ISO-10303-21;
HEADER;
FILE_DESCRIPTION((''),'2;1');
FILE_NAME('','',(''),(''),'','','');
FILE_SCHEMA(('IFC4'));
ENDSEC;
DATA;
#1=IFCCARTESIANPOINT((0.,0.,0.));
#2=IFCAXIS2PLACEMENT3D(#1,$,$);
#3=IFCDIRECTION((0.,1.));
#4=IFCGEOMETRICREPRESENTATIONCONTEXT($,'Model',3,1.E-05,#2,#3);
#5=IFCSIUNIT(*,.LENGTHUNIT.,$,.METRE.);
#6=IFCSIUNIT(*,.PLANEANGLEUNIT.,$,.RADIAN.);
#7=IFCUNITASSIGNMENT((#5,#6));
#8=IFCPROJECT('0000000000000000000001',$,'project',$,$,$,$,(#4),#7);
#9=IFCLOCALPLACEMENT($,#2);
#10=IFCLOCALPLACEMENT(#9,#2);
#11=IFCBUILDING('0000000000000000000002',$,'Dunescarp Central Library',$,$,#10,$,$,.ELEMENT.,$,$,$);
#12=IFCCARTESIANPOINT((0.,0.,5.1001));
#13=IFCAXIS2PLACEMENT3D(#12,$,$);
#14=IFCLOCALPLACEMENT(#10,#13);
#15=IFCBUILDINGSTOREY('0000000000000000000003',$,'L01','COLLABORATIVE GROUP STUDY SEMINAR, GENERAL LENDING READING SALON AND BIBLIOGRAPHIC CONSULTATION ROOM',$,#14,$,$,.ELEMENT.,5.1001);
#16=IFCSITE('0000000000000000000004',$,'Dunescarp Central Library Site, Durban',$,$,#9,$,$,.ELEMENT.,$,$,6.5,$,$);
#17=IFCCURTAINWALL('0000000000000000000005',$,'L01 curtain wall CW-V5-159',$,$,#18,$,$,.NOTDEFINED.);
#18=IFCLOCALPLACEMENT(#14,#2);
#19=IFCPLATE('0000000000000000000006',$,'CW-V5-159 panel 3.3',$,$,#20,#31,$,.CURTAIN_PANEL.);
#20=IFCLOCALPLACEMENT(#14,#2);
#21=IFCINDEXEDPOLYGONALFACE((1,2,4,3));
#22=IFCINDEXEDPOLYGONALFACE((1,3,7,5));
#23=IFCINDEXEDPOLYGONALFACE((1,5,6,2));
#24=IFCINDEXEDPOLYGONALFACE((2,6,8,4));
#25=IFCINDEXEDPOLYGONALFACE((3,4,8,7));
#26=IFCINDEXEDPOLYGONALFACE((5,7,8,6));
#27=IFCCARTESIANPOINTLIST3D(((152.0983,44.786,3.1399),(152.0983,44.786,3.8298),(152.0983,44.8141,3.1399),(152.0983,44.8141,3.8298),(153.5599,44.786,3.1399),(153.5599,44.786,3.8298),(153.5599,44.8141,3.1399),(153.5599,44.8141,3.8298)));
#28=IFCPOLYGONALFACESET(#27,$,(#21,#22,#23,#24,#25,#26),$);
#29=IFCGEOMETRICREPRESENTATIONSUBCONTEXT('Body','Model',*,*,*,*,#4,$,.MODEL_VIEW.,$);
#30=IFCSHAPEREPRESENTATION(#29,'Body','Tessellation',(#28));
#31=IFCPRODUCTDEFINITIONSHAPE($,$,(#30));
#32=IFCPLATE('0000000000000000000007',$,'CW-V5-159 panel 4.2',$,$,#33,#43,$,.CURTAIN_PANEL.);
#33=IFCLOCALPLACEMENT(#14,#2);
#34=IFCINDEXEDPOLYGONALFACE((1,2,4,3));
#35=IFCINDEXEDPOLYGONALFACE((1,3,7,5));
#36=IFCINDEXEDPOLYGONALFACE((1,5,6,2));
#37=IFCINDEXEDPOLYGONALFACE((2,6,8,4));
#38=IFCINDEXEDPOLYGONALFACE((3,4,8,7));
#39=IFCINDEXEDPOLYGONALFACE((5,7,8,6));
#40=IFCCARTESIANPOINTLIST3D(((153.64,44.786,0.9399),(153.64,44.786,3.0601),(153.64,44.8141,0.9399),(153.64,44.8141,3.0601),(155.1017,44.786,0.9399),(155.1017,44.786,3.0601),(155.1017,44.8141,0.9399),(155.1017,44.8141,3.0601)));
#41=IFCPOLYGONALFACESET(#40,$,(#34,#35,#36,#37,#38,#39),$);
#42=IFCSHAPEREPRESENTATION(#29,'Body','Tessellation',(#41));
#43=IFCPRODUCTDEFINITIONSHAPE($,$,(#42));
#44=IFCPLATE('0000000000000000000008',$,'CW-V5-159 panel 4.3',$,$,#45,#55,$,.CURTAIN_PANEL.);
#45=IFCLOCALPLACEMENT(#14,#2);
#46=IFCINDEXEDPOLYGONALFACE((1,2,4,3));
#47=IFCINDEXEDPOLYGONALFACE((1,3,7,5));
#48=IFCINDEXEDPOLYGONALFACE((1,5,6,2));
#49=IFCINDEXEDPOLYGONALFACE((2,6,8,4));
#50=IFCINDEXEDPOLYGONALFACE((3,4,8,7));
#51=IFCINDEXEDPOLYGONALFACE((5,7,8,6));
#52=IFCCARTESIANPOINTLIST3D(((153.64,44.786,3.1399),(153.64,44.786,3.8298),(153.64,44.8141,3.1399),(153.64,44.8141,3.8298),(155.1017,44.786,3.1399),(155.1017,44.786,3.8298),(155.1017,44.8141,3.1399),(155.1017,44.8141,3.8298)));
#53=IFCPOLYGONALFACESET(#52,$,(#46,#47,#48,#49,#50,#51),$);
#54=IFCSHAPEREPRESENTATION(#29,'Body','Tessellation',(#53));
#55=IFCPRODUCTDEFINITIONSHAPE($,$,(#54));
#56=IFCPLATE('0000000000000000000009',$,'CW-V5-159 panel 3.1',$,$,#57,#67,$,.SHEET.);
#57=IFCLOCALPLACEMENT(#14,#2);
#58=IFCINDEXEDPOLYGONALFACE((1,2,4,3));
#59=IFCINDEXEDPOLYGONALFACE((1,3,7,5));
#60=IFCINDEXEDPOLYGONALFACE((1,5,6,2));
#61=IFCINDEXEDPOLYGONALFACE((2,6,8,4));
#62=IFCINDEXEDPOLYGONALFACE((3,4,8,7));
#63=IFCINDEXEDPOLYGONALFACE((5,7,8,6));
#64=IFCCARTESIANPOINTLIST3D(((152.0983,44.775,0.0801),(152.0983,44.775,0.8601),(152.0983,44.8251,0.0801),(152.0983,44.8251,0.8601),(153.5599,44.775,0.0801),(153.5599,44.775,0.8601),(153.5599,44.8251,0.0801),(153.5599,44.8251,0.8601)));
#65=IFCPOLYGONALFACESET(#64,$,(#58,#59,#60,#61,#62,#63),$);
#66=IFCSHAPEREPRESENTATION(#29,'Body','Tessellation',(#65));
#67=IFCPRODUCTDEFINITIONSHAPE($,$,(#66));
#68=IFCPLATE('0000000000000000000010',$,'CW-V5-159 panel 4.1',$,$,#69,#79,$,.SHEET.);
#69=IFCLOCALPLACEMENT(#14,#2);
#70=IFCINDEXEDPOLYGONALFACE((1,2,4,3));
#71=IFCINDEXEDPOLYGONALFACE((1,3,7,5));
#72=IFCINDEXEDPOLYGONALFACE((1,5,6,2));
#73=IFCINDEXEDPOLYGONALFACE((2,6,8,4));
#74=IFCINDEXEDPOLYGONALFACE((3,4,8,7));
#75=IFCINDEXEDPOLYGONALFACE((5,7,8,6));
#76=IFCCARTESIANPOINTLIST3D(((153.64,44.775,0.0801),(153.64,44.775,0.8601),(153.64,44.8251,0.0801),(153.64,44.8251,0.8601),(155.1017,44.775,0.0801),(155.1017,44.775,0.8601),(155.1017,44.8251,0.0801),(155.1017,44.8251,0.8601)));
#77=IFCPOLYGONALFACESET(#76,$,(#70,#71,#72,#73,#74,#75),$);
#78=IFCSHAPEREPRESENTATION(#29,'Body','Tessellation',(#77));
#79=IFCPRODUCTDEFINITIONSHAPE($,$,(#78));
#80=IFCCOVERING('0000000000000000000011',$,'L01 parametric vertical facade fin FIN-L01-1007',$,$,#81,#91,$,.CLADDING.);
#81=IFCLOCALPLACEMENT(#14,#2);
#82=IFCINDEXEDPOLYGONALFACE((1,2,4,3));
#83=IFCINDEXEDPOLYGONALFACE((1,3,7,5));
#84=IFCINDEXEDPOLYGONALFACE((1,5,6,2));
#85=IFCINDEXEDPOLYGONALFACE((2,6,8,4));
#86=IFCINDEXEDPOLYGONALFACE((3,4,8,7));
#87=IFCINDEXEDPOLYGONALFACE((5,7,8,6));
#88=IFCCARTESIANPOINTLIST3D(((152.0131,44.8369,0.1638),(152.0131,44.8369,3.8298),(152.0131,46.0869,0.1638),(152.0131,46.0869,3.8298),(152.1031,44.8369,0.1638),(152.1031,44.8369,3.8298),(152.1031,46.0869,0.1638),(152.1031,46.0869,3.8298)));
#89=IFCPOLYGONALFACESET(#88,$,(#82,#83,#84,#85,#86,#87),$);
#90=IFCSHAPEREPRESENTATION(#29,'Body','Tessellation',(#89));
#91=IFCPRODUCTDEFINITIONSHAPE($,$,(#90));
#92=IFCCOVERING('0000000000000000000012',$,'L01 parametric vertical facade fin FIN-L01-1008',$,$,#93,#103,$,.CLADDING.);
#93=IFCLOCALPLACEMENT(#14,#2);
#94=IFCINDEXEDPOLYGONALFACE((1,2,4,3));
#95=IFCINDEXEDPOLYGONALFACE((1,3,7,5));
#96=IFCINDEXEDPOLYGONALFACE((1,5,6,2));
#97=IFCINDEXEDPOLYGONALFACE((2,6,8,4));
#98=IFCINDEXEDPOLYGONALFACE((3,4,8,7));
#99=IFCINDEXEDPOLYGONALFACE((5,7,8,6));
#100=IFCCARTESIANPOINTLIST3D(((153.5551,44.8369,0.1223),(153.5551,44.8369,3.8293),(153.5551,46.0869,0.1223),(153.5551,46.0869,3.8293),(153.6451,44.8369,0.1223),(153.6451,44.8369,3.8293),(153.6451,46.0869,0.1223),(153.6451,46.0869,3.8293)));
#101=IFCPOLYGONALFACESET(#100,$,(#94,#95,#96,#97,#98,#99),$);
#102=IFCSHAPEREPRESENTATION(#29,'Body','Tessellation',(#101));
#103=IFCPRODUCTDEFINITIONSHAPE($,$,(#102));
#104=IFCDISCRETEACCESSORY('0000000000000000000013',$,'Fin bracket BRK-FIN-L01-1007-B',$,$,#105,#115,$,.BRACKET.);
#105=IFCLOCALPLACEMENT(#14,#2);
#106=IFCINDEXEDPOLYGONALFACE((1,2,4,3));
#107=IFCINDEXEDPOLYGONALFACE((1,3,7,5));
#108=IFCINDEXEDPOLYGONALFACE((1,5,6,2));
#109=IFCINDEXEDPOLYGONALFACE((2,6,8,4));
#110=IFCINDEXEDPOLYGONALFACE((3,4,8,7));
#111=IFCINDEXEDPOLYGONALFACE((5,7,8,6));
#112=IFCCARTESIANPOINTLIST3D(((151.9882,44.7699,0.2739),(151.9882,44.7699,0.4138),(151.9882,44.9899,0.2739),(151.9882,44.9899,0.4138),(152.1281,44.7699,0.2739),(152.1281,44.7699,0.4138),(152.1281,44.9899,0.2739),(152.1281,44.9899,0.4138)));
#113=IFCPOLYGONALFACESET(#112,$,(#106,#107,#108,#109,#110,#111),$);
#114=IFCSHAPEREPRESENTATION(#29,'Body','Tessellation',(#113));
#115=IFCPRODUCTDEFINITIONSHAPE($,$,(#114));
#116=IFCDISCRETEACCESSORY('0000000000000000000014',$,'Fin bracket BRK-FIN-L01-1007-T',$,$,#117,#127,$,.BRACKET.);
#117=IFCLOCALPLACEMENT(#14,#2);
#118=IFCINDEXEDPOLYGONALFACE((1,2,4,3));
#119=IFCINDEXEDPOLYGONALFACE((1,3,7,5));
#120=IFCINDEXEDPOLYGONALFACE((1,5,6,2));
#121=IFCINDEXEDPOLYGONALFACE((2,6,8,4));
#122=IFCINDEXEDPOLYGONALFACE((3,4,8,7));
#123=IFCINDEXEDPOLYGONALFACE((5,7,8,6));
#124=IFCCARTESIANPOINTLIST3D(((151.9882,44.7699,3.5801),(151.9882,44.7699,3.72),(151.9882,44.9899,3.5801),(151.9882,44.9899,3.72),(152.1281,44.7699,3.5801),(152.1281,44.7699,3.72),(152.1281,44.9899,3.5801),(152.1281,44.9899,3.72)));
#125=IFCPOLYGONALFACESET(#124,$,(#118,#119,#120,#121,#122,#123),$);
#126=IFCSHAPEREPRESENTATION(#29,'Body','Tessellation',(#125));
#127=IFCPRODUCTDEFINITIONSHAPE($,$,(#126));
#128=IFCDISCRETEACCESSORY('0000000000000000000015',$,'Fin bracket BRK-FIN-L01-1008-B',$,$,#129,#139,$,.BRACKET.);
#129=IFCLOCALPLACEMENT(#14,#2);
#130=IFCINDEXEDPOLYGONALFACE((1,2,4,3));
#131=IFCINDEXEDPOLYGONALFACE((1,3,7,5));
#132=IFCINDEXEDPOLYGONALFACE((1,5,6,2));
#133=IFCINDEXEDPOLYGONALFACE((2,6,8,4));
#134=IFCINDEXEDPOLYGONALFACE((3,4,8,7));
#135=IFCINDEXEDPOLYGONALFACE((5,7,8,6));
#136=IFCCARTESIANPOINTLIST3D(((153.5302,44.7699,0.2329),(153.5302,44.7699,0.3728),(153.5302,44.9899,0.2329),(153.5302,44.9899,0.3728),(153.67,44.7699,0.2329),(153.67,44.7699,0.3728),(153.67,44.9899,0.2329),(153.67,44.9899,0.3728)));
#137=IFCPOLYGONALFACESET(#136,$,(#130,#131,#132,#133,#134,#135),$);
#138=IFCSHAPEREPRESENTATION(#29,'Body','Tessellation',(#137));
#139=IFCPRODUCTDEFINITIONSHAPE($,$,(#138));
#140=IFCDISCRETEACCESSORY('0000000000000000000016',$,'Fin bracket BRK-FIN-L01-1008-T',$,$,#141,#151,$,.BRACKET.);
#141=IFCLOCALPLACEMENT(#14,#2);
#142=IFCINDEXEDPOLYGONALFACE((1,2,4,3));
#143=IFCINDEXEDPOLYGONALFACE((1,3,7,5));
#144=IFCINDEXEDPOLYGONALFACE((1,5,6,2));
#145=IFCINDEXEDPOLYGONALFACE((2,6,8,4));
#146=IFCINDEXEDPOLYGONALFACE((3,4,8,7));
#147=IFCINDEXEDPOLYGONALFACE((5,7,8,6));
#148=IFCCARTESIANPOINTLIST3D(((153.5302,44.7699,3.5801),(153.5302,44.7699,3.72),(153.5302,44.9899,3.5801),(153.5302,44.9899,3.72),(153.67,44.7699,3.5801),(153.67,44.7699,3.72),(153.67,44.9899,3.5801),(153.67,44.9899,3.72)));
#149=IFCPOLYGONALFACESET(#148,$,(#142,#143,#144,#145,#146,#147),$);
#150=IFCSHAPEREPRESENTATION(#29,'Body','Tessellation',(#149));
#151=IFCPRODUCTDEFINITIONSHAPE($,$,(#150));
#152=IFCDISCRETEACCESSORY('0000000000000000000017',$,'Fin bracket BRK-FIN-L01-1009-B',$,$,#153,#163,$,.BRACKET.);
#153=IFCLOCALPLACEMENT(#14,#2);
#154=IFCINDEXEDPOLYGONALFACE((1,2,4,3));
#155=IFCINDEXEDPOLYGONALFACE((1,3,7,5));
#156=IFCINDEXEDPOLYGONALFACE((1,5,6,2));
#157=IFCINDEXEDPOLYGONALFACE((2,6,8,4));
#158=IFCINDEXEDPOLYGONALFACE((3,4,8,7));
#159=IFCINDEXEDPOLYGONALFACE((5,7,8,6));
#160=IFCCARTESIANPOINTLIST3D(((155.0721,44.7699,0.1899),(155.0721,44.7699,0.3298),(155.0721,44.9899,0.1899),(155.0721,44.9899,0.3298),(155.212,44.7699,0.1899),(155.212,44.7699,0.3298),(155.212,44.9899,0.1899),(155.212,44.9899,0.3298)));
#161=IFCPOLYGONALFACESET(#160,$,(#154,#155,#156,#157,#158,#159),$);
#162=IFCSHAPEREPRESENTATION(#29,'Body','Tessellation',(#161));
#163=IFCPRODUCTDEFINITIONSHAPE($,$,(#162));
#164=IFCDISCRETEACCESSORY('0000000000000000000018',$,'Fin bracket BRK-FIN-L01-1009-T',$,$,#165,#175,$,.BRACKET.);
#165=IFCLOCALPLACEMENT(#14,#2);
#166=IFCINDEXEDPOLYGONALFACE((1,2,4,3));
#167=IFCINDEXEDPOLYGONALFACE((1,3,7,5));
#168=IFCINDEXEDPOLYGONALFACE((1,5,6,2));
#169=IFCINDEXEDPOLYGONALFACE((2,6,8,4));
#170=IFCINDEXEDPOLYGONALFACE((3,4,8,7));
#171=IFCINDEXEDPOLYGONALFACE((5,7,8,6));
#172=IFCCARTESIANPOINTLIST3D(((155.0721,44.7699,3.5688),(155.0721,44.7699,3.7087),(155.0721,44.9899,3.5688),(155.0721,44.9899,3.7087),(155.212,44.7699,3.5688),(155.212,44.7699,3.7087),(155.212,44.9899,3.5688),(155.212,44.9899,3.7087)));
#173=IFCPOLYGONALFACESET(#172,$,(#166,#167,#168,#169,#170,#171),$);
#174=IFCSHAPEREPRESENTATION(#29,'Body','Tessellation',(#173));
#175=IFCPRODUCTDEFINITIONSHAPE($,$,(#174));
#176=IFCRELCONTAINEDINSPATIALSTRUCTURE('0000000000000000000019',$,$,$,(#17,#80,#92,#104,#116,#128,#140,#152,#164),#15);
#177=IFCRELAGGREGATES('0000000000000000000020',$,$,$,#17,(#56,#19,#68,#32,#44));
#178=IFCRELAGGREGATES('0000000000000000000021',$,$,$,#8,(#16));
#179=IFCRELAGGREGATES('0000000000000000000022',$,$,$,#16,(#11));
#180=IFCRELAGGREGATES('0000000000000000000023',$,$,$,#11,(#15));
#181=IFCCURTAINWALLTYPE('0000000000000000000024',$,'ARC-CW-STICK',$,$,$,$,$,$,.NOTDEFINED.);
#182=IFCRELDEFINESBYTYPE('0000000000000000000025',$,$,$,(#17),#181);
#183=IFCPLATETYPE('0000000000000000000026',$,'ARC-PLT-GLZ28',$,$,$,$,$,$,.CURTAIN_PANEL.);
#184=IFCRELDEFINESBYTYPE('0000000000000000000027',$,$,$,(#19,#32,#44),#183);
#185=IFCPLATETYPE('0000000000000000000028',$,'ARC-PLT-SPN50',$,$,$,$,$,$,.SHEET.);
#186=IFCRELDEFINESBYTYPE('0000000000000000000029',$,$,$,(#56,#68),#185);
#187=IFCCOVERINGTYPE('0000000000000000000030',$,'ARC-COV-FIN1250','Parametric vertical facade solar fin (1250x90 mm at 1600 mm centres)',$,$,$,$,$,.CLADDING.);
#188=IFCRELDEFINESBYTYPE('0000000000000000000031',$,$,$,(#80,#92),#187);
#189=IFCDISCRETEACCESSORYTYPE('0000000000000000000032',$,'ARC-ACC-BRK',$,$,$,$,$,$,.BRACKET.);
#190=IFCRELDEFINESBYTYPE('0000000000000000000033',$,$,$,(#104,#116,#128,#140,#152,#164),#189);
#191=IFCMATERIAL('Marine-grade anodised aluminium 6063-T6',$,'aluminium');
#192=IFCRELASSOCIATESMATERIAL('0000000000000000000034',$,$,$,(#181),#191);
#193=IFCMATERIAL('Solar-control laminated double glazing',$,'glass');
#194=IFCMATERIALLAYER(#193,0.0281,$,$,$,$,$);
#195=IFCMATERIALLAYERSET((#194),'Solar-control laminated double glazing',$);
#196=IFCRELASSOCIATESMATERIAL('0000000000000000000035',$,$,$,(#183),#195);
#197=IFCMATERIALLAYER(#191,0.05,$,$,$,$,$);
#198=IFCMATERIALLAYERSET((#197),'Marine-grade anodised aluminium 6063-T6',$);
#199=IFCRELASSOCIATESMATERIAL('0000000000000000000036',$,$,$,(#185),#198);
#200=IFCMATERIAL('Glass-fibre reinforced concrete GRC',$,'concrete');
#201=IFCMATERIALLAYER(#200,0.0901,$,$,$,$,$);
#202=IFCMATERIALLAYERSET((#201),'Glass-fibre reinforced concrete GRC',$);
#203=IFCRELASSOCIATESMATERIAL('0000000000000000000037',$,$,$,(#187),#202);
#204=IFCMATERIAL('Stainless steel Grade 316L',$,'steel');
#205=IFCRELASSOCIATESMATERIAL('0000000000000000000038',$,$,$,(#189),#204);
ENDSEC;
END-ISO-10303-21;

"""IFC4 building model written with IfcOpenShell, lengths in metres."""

from ifc_helpers import new_model, si_unit, direction, frame, origin, origin_2d, place, context, subcontext, project, spatial, rectangle, extrude, material, layer, layer_set, type_object, element, aggregate, save


model = new_model("IFC4")

# Units and contexts
model_context = context("Model", 3, precision=1e-05, world=origin(), true_north=direction((0.0, 1.0)))
body_context = subcontext(model_context, "Body", "Model", "MODEL_VIEW")
ifc_project = project(units=[si_unit("LENGTHUNIT", "METRE"), si_unit("PLANEANGLEUNIT", "RADIAN")], contexts=[model_context])

# Site, building, storey
site_placement = place(None, origin())
site = spatial("IfcSite", under=ifc_project, at=site_placement, Name="Dunescarp Central Library Site, Durban", CompositionType="ELEMENT", RefElevation=6.5)
building_placement = place(site_placement, origin())
building = spatial("IfcBuilding", under=site, at=building_placement, Name="Dunescarp Central Library", CompositionType="ELEMENT")
storey_placement = place(building_placement, frame((0.0, 0.0, 5.1001)))
storey = spatial("IfcBuildingStorey", under=building, at=storey_placement, Name="L01", Description="COLLABORATIVE GROUP STUDY SEMINAR, GENERAL LENDING READING SALON AND BIBLIOGRAPHIC CONSULTATION ROOM", CompositionType="ELEMENT", Elevation=5.1001)

# Curtain wall, plates
ifc_material_1 = material(Name="Marine-grade anodised aluminium 6063-T6", Category="aluminium")
curtain_wall_type = type_object("IfcCurtainWallType", Name="ARC-CW-STICK", PredefinedType="NOTDEFINED", material=ifc_material_1)
curtain_wall_placement = place(storey_placement, origin())
curtain_wall = element("IfcCurtainWall", 1, at=curtain_wall_placement, inside=storey, type_object=curtain_wall_type, Name="L01 curtain wall CW-V5-159", PredefinedType="NOTDEFINED")
ifc_material_2 = material(Name="Solar-control laminated double glazing", Category="glass")
ifc_layer_1 = layer(ifc_material_2, 0.0281)
ifc_layer_set_1 = layer_set([ifc_layer_1], Name="Solar-control laminated double glazing")
plate_type_1 = type_object("IfcPlateType", Name="ARC-PLT-GLZ28", PredefinedType="CURTAIN_PANEL", material=ifc_layer_set_1)
plate_1_placement = place(storey_placement, frame((152.8291, 44.8, 3.1399), z_axis=(0.0, 0.0, 1.0), x_axis=(1.0, 0.0, 0.0)))
plate_1 = element("IfcPlate", 2, at=plate_1_placement, type_object=plate_type_1, Name="CW-V5-159 panel 3.3", PredefinedType="CURTAIN_PANEL", context=body_context, shape_type="SweptSolid", body=[
    extrude(rectangle(XDim=1.4617, YDim=0.0281, at=origin_2d()), origin(), (0.0, 0.0, 1.0), 0.6899),
])
plate_2_placement = place(storey_placement, frame((154.3708, 44.8, 0.9399), z_axis=(0.0, 0.0, 1.0), x_axis=(1.0, 0.0, 0.0)))
plate_2 = element("IfcPlate", 3, at=plate_2_placement, type_object=plate_type_1, Name="CW-V5-159 panel 4.2", PredefinedType="CURTAIN_PANEL", context=body_context, shape_type="SweptSolid", body=[
    extrude(rectangle(XDim=1.4617, YDim=0.0281, at=origin_2d()), origin(), (0.0, 0.0, 1.0), 2.1201),
])
plate_3_placement = place(storey_placement, frame((154.3708, 44.8, 3.1399), z_axis=(0.0, 0.0, 1.0), x_axis=(1.0, 0.0, 0.0)))
plate_3 = element("IfcPlate", 4, at=plate_3_placement, type_object=plate_type_1, Name="CW-V5-159 panel 4.3", PredefinedType="CURTAIN_PANEL", context=body_context, shape_type="SweptSolid", body=[
    extrude(rectangle(XDim=1.4617, YDim=0.0281, at=origin_2d()), origin(), (0.0, 0.0, 1.0), 0.6899),
])
ifc_layer_2 = layer(ifc_material_1, 0.05)
ifc_layer_set_2 = layer_set([ifc_layer_2], Name="Marine-grade anodised aluminium 6063-T6")
plate_type_2 = type_object("IfcPlateType", Name="ARC-PLT-SPN50", PredefinedType="SHEET", material=ifc_layer_set_2)
plate_4_placement = place(storey_placement, frame((152.8291, 44.8, 0.0801), z_axis=(0.0, 0.0, 1.0), x_axis=(1.0, 0.0, 0.0)))
plate_4 = element("IfcPlate", 5, at=plate_4_placement, type_object=plate_type_2, Name="CW-V5-159 panel 3.1", PredefinedType="SHEET", context=body_context, shape_type="SweptSolid", body=[
    extrude(rectangle(XDim=1.4617, YDim=0.05, at=origin_2d()), origin(), (0.0, 0.0, 1.0), 0.78),
])
plate_5_placement = place(storey_placement, frame((154.3708, 44.8, 0.0801), z_axis=(0.0, 0.0, 1.0), x_axis=(1.0, 0.0, 0.0)))
plate_5 = element("IfcPlate", 6, at=plate_5_placement, type_object=plate_type_2, Name="CW-V5-159 panel 4.1", PredefinedType="SHEET", context=body_context, shape_type="SweptSolid", body=[
    extrude(rectangle(XDim=1.4617, YDim=0.05, at=origin_2d()), origin(), (0.0, 0.0, 1.0), 0.78),
])
aggregate(curtain_wall, [plate_4, plate_1, plate_5, plate_2, plate_3])

# Coverings
ifc_material_3 = material(Name="Glass-fibre reinforced concrete GRC", Category="concrete")
ifc_layer_3 = layer(ifc_material_3, 0.0901)
ifc_layer_set_3 = layer_set([ifc_layer_3], Name="Glass-fibre reinforced concrete GRC")
covering_type = type_object("IfcCoveringType", Name="ARC-COV-FIN1250", Description="Parametric vertical facade solar fin (1250x90 mm at 1600 mm centres)", PredefinedType="CLADDING", material=ifc_layer_set_3)
covering_1_placement = place(storey_placement, frame((152.0581, 45.4619, 0.1638), z_axis=(0.0, 0.0, 1.0), x_axis=(0.0, 1.0, 0.0)))
element("IfcCovering", 7, at=covering_1_placement, inside=storey, type_object=covering_type, Name="L01 parametric vertical facade fin FIN-L01-1007", PredefinedType="CLADDING", context=body_context, shape_type="SweptSolid", body=[
    extrude(rectangle(XDim=1.25, YDim=0.0901, at=origin_2d()), origin(), (0.0, 0.0, 1.0), 3.666),
])
covering_2_placement = place(storey_placement, frame((153.6001, 45.4619, 0.1223), z_axis=(0.0, 0.0, 1.0), x_axis=(0.0, 1.0, 0.0)))
element("IfcCovering", 8, at=covering_2_placement, inside=storey, type_object=covering_type, Name="L01 parametric vertical facade fin FIN-L01-1008", PredefinedType="CLADDING", context=body_context, shape_type="SweptSolid", body=[
    extrude(rectangle(XDim=1.25, YDim=0.0901, at=origin_2d()), origin(), (0.0, 0.0, 1.0), 3.707),
])

# Discrete accessories
ifc_material_4 = material(Name="Stainless steel Grade 316L", Category="steel")
discrete_accessory_type = type_object("IfcDiscreteAccessoryType", Name="ARC-ACC-BRK", PredefinedType="BRACKET", material=ifc_material_4)
for number, where, z_axis, x_axis, name in (
    (9, (152.0581, 44.8799, 0.2739), (0.0, 0.0, 1.0), (0.0, 1.0, 0.0), "Fin bracket BRK-FIN-L01-1007-B"),
    (10, (152.0581, 44.8799, 3.5801), (0.0, 0.0, 1.0), (0.0, 1.0, 0.0), "Fin bracket BRK-FIN-L01-1007-T"),
    (11, (153.6001, 44.8799, 0.2329), (0.0, 0.0, 1.0), (0.0, 1.0, 0.0), "Fin bracket BRK-FIN-L01-1008-B"),
    (12, (153.6001, 44.8799, 3.5801), (0.0, 0.0, 1.0), (0.0, 1.0, 0.0), "Fin bracket BRK-FIN-L01-1008-T"),
    (13, (155.1421, 44.8799, 0.1899), (0.0, 0.0, 1.0), (0.0, 1.0, 0.0), "Fin bracket BRK-FIN-L01-1009-B"),
    (14, (155.1421, 44.8799, 3.5688), (0.0, 0.0, 1.0), (0.0, 1.0, 0.0), "Fin bracket BRK-FIN-L01-1009-T"),
):
    element("IfcDiscreteAccessory", number, at=place(storey_placement, frame(where, z_axis=z_axis, x_axis=x_axis)), inside=storey, type_object=discrete_accessory_type, Name=name, PredefinedType="BRACKET", context=body_context, shape_type="SweptSolid", body=[
        extrude(rectangle(XDim=0.22, YDim=0.1399, at=origin_2d()), origin(), (0.0, 0.0, 1.0), 0.1399),
    ])

save(model, "model.ifc")
